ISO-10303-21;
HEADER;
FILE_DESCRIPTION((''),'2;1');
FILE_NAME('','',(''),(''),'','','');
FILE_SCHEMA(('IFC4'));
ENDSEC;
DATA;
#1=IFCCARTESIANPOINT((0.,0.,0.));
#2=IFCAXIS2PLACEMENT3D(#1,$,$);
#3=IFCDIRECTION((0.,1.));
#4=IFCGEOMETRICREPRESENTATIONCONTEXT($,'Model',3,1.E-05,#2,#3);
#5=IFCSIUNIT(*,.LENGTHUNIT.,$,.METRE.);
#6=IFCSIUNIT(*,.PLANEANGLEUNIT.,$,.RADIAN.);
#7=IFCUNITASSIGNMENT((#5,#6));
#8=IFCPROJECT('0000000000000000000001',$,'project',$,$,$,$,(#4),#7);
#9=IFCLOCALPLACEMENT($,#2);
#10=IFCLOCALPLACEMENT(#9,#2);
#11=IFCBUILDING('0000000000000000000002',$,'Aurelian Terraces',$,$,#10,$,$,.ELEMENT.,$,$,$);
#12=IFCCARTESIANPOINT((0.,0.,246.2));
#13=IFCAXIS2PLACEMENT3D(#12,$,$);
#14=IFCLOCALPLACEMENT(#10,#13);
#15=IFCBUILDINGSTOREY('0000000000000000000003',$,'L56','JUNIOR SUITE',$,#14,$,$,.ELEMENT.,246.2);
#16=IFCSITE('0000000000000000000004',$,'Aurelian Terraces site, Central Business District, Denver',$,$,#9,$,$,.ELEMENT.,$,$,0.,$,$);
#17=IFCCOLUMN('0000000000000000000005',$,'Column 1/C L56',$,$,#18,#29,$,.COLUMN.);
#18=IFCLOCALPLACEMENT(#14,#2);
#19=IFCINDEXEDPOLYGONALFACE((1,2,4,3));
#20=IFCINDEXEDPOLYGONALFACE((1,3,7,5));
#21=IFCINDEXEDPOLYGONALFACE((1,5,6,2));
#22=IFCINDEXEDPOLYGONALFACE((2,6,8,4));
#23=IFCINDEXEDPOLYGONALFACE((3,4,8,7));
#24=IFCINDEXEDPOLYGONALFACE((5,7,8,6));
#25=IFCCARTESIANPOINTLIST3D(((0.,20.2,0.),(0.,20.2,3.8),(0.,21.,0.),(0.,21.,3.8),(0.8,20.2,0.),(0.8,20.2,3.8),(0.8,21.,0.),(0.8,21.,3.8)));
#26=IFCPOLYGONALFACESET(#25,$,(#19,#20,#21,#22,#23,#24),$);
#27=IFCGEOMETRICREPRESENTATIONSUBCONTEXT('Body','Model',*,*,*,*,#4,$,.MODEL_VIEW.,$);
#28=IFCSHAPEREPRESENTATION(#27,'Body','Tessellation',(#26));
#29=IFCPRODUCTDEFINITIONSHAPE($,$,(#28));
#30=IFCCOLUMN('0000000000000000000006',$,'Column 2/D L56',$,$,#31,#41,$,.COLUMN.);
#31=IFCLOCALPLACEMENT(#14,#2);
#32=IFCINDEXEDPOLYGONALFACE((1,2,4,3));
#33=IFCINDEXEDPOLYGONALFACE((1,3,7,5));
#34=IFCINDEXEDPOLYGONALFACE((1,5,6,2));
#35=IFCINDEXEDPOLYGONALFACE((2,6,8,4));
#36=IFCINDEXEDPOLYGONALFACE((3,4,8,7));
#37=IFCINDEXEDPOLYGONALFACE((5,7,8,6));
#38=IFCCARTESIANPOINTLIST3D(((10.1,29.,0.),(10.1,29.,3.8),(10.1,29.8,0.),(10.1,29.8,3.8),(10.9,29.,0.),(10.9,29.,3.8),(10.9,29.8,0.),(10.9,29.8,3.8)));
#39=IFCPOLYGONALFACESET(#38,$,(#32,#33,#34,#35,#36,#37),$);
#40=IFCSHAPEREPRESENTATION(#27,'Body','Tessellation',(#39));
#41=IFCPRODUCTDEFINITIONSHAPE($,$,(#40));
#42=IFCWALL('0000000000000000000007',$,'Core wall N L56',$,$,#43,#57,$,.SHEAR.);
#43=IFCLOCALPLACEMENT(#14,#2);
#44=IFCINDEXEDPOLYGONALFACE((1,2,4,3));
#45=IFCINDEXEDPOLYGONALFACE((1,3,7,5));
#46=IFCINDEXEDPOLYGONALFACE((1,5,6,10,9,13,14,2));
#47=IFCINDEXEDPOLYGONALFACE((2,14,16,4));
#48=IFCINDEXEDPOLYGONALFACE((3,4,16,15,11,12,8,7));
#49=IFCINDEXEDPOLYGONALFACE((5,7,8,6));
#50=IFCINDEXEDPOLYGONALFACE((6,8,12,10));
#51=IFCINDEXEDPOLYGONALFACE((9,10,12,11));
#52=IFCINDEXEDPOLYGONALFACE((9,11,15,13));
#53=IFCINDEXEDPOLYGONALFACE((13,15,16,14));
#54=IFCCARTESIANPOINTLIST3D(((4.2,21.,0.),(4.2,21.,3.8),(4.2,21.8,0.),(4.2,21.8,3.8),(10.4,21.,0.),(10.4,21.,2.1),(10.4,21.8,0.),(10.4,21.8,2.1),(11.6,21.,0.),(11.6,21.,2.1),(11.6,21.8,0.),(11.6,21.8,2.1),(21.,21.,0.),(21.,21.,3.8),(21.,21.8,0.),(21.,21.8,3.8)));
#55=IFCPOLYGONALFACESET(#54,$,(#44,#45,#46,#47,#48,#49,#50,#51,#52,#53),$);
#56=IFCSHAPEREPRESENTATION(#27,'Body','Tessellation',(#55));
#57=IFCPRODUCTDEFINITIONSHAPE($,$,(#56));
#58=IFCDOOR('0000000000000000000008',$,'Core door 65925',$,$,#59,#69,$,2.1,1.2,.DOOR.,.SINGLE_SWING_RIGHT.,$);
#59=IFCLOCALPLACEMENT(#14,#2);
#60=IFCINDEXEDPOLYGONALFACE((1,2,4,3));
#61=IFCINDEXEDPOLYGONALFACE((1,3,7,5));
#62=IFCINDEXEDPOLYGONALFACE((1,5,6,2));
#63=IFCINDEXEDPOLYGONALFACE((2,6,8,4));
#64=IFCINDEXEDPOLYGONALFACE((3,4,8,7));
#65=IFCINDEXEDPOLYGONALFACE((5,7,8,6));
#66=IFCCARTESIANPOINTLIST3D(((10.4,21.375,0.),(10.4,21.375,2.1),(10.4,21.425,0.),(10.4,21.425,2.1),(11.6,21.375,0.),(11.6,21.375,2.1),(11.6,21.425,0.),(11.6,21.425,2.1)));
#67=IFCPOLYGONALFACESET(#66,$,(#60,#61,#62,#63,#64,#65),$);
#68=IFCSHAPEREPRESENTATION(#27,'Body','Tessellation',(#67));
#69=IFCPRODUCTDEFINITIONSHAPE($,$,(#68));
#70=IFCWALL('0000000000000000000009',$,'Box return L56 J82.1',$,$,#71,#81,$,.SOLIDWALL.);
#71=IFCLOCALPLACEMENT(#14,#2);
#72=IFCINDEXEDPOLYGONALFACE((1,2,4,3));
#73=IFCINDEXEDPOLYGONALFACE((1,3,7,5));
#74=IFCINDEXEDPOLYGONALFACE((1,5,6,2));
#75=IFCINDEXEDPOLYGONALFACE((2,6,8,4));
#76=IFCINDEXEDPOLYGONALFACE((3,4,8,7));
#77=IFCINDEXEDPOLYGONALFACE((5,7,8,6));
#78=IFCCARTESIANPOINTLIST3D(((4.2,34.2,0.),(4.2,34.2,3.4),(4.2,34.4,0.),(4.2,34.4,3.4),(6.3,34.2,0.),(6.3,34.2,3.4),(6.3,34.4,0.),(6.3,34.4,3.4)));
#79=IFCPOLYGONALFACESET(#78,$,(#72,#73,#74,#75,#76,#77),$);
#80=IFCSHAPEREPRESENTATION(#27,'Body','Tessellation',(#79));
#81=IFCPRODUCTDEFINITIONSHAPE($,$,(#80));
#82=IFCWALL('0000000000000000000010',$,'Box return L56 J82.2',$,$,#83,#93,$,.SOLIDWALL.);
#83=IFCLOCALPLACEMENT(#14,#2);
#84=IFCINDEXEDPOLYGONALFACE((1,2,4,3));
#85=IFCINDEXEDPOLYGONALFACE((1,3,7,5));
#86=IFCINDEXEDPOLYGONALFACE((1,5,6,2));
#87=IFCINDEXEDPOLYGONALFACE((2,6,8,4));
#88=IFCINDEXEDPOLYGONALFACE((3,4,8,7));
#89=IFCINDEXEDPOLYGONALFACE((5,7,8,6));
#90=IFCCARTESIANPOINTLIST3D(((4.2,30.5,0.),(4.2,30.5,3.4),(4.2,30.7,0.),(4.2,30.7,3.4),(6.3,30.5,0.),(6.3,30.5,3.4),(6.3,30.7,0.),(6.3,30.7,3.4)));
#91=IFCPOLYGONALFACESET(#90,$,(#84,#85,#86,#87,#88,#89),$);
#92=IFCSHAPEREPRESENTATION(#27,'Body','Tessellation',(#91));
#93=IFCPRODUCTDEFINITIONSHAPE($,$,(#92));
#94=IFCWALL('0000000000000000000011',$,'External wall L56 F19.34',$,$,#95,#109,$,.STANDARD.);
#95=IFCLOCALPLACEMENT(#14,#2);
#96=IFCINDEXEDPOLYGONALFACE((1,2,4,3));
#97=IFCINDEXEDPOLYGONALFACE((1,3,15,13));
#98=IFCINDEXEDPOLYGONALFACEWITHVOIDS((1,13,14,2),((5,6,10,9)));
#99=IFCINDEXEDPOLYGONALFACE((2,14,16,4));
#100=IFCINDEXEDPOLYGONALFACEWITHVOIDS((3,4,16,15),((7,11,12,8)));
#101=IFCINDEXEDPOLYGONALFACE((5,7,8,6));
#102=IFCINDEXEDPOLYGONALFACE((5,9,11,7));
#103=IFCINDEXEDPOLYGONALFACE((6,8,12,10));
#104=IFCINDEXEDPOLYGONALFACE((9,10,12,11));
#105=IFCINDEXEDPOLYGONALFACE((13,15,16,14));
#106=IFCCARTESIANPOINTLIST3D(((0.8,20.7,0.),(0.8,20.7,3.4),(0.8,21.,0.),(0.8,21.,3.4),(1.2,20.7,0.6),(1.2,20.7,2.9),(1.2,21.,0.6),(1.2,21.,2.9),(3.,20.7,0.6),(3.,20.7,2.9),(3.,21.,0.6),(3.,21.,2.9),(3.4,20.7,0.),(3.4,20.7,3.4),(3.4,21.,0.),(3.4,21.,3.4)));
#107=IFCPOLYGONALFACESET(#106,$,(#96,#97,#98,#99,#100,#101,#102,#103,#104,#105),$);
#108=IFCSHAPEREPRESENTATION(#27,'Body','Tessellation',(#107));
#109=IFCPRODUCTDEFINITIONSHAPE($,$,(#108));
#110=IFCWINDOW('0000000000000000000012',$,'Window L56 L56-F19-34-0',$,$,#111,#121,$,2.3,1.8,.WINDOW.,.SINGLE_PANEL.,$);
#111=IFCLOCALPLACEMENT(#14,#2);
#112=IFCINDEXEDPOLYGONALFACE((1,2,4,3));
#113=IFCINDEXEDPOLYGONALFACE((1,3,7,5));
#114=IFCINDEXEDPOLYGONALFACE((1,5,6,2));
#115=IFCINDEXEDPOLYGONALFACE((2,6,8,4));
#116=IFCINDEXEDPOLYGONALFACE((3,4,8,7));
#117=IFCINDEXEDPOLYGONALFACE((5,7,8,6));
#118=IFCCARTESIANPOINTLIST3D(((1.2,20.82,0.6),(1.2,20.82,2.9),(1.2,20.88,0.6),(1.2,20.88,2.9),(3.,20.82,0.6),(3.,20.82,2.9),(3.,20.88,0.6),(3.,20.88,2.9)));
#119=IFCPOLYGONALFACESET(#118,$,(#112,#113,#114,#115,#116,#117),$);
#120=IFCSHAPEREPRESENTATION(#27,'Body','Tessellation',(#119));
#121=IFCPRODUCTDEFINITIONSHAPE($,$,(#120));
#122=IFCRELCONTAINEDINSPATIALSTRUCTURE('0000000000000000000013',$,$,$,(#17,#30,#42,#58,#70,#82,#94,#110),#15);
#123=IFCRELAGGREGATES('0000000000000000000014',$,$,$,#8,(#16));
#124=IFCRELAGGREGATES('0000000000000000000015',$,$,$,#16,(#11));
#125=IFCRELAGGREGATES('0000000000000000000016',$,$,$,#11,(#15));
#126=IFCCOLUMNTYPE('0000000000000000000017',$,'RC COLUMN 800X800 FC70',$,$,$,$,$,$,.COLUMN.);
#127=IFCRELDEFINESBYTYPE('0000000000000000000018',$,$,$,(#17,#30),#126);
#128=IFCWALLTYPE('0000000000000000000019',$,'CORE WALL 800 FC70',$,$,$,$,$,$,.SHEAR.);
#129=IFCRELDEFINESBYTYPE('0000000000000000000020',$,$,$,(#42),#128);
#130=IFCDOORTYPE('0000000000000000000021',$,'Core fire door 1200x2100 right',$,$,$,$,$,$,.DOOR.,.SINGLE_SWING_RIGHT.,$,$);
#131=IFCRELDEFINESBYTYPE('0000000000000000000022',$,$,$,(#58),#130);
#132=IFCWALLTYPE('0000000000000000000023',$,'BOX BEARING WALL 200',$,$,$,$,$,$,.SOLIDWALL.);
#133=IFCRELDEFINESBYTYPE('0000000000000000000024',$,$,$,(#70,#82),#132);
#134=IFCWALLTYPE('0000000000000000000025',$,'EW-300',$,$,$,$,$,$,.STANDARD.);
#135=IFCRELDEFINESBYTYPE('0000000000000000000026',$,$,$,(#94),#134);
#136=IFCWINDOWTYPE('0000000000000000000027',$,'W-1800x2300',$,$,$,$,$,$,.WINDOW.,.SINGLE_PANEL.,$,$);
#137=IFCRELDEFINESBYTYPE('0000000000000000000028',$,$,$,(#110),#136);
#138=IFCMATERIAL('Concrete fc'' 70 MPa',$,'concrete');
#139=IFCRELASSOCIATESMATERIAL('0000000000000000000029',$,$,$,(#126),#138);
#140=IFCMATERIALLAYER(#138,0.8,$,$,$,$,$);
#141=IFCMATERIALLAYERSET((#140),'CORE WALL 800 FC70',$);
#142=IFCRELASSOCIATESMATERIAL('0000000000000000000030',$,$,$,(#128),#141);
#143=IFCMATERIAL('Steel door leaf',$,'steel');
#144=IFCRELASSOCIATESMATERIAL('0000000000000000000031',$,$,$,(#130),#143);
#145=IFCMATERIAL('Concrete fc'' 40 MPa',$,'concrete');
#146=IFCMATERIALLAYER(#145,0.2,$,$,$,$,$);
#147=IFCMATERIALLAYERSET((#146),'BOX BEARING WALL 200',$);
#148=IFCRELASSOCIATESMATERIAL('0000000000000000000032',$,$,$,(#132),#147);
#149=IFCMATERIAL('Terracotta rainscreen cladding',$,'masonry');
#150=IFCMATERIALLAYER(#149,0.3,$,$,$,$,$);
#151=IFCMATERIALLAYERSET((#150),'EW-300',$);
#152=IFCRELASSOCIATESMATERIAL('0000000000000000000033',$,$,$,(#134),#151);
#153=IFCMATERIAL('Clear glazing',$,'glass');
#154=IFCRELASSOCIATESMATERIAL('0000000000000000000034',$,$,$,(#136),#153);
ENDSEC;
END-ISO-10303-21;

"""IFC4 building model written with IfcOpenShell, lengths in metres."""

from ifc_helpers import new_model, si_unit, direction, frame, frame_2d, origin, origin_2d, place, context, subcontext, project, spatial, rectangle, extrude, source, transform, mapped, material, layer, layer_set, material_profile, profile_set, type_object, element, fill, save


model = new_model("IFC4")

# Units and contexts
model_context = context("Model", 3, precision=1e-05, world=origin(), true_north=direction((0.0, 1.0)))
body_context = subcontext(model_context, "Body", "Model", "MODEL_VIEW")
ifc_project = project(units=[si_unit("LENGTHUNIT", "METRE"), si_unit("PLANEANGLEUNIT", "RADIAN")], contexts=[model_context])

# Site, building, storey
site_placement = place(None, origin())
site = spatial("IfcSite", under=ifc_project, at=site_placement, Name="Aurelian Terraces site, Central Business District, Denver", CompositionType="ELEMENT", RefElevation=0.0)
building_placement = place(site_placement, origin())
building = spatial("IfcBuilding", under=site, at=building_placement, Name="Aurelian Terraces", CompositionType="ELEMENT")
storey_placement = place(building_placement, frame((0.0, 0.0, 246.2)))
storey = spatial("IfcBuildingStorey", under=building, at=storey_placement, Name="L56", Description="JUNIOR SUITE", CompositionType="ELEMENT", Elevation=246.2)

# Columns
ifc_material_1 = material(Name="Concrete fc' 70 MPa", Category="concrete")
ifc_material_profile = material_profile(ifc_material_1, rectangle(XDim=0.8, YDim=0.8, at=origin_2d()))
ifc_profile_set = profile_set([ifc_material_profile], Name="Concrete fc' 70 MPa")
column_type = type_object("IfcColumnType", Name="RC COLUMN 800X800 FC70", PredefinedType="COLUMN", material=ifc_profile_set)
shared_shape_1 = source(origin(), body_context, "Body", "SweptSolid", [
    extrude(rectangle(XDim=0.8, YDim=0.8, at=origin_2d()), origin(), (0.0, 0.0, 1.0), 3.8),
])
for number, where, z_axis, x_axis, name in (
    (1, (0.4, 20.6, 0.0), (0.0, 0.0, 1.0), (1.0, 0.0, 0.0), "Column 1/C L56"),
    (2, (10.5, 29.4, 0.0), (0.0, 0.0, 1.0), (1.0, 0.0, 0.0), "Column 2/D L56"),
):
    element("IfcColumn", number, at=place(storey_placement, frame(where, z_axis=z_axis, x_axis=x_axis)), inside=storey, type_object=column_type, Name=name, PredefinedType="COLUMN", context=body_context, shape_type="MappedRepresentation", body=[
        mapped(shared_shape_1, transform((0.0, 0.0, 0.0), scale=1.0)),
    ])

# Wall, opening, door
ifc_layer_1 = layer(ifc_material_1, 0.8)
ifc_layer_set_1 = layer_set([ifc_layer_1], Name="CORE WALL 800 FC70")
wall_type_1 = type_object("IfcWallType", Name="CORE WALL 800 FC70", PredefinedType="SHEAR", material=ifc_layer_set_1)
shared_shape_2 = source(origin(), body_context, "Body", "SweptSolid", [
    extrude(rectangle(XDim=16.8, YDim=0.8, at=frame_2d((8.4, 0.0))), origin(), (0.0, 0.0, 1.0), 3.8),
])
wall_1_placement = place(storey_placement, frame((4.2, 21.4, 0.0), z_axis=(0.0, 0.0, 1.0), x_axis=(1.0, 0.0, 0.0)))
wall_1 = element("IfcWall", 3, at=wall_1_placement, inside=storey, type_object=wall_type_1, Name="Core wall N L56", PredefinedType="SHEAR", context=body_context, shape_type="MappedRepresentation", body=[
    mapped(shared_shape_2, transform((0.0, 0.0, 0.0), scale=1.0)),
])
shared_shape_3 = source(origin(), body_context, "Body", "SweptSolid", [
    extrude(rectangle(XDim=1.2, YDim=2.1, at=frame_2d((0.6, 1.05))), frame((0.0, 0.41, 0.0), z_axis=(0.0, -1.0, 0.0), x_axis=(1.0, 0.0, 0.0)), (0.0, 0.0, 1.0), 0.82),
])
opening_1_placement = place(wall_1_placement, frame((6.2, 0.0, 0.0)))
opening_1 = element("IfcOpeningElement", 4, at=opening_1_placement, cuts=wall_1, PredefinedType="OPENING", context=body_context, shape_type="MappedRepresentation", body=[
    mapped(shared_shape_3, transform((0.0, 0.0, 0.0), scale=1.0)),
])
ifc_material_2 = material(Name="Steel door leaf", Category="steel")
door_type_1 = type_object("IfcDoorType", Name="Core fire door 1200x2100 right", OperationType="SINGLE_SWING_RIGHT", PredefinedType="DOOR", material=ifc_material_2)
shared_shape_4 = source(origin(), body_context, "Body", "SweptSolid", [
    extrude(rectangle(XDim=1.2, YDim=2.1, at=frame_2d((0.6, 1.05))), frame((0.0, 0.025, 0.0), z_axis=(0.0, -1.0, 0.0), x_axis=(1.0, 0.0, 0.0)), (0.0, 0.0, 1.0), 0.05),
])
door_1_placement = place(opening_1_placement, origin())
door_1 = element("IfcDoor", 5, at=door_1_placement, inside=storey, type_object=door_type_1, Name="Core door 65925", OperationType="SINGLE_SWING_RIGHT", OverallHeight=2.1, OverallWidth=1.2, PredefinedType="DOOR", context=body_context, shape_type="MappedRepresentation", body=[
    mapped(shared_shape_4, transform((0.0, 0.0, 0.0), scale=1.0)),
])
fill(opening_1, door_1)

# Walls
ifc_material_3 = material(Name="Concrete fc' 40 MPa", Category="concrete")
ifc_layer_2 = layer(ifc_material_3, 0.2)
ifc_layer_set_2 = layer_set([ifc_layer_2], Name="BOX BEARING WALL 200")
wall_type_2 = type_object("IfcWallType", Name="BOX BEARING WALL 200", PredefinedType="SOLIDWALL", material=ifc_layer_set_2)
shared_shape_5 = source(origin(), body_context, "Body", "SweptSolid", [
    extrude(rectangle(XDim=2.1, YDim=0.2, at=frame_2d((1.05, 0.0))), origin(), (0.0, 0.0, 1.0), 3.4),
])
for number, where, z_axis, x_axis, name in (
    (6, (6.3, 34.3, 0.0), (0.0, 0.0, 1.0), (-1.0, 0.0, 0.0), "Box return L56 J82.1"),
    (7, (6.3, 30.6, 0.0), (0.0, 0.0, 1.0), (-1.0, 0.0, 0.0), "Box return L56 J82.2"),
):
    element("IfcWall", number, at=place(storey_placement, frame(where, z_axis=z_axis, x_axis=x_axis)), inside=storey, type_object=wall_type_2, Name=name, PredefinedType="SOLIDWALL", context=body_context, shape_type="MappedRepresentation", body=[
        mapped(shared_shape_5, transform((0.0, 0.0, 0.0), scale=1.0)),
    ])

# Wall, opening, window
ifc_material_4 = material(Name="Terracotta rainscreen cladding", Category="masonry")
ifc_layer_3 = layer(ifc_material_4, 0.3)
ifc_layer_set_3 = layer_set([ifc_layer_3], Name="EW-300")
wall_type_3 = type_object("IfcWallType", Name="EW-300", PredefinedType="STANDARD", material=ifc_layer_set_3)
shared_shape_6 = source(origin(), body_context, "Body", "SweptSolid", [
    extrude(rectangle(XDim=2.6, YDim=0.3, at=frame_2d((1.3, 0.0))), origin(), (0.0, 0.0, 1.0), 3.4),
])
wall_2_placement = place(storey_placement, frame((3.4, 20.85, 0.0), z_axis=(0.0, 0.0, 1.0), x_axis=(-1.0, 0.0, 0.0)))
wall_2 = element("IfcWall", 8, at=wall_2_placement, inside=storey, type_object=wall_type_3, Name="External wall L56 F19.34", PredefinedType="STANDARD", context=body_context, shape_type="MappedRepresentation", body=[
    mapped(shared_shape_6, transform((0.0, 0.0, 0.0), scale=1.0)),
])
shared_shape_7 = source(origin(), body_context, "Body", "SweptSolid", [
    extrude(rectangle(XDim=1.8, YDim=2.3, at=frame_2d((0.9, 1.15))), frame((0.0, 0.16, 0.0), z_axis=(0.0, -1.0, 0.0), x_axis=(1.0, 0.0, 0.0)), (0.0, 0.0, 1.0), 0.32),
])
opening_2_placement = place(wall_2_placement, frame((0.4, 0.0, 0.6)))
opening_2 = element("IfcOpeningElement", 9, at=opening_2_placement, cuts=wall_2, PredefinedType="OPENING", context=body_context, shape_type="MappedRepresentation", body=[
    mapped(shared_shape_7, transform((0.0, 0.0, 0.0), scale=1.0)),
])
ifc_material_5 = material(Name="Clear glazing", Category="glass")
window_type = type_object("IfcWindowType", Name="W-1800x2300", PartitioningType="SINGLE_PANEL", PredefinedType="WINDOW", material=ifc_material_5)
shared_shape_8 = source(origin(), body_context, "Body", "SweptSolid", [
    extrude(rectangle(XDim=1.8, YDim=2.3, at=frame_2d((0.9, 1.15))), frame((0.0, 0.03, 0.0), z_axis=(0.0, -1.0, 0.0), x_axis=(1.0, 0.0, 0.0)), (0.0, 0.0, 1.0), 0.06),
])
window_placement = place(opening_2_placement, origin())
window = element("IfcWindow", 10, at=window_placement, inside=storey, type_object=window_type, Name="Window L56 L56-F19-34-0", OverallHeight=2.3, OverallWidth=1.8, PartitioningType="SINGLE_PANEL", PredefinedType="WINDOW", context=body_context, shape_type="MappedRepresentation", body=[
    mapped(shared_shape_8, transform((0.0, 0.0, 0.0), scale=1.0)),
])
fill(opening_2, window)

save(model, "model.ifc")
